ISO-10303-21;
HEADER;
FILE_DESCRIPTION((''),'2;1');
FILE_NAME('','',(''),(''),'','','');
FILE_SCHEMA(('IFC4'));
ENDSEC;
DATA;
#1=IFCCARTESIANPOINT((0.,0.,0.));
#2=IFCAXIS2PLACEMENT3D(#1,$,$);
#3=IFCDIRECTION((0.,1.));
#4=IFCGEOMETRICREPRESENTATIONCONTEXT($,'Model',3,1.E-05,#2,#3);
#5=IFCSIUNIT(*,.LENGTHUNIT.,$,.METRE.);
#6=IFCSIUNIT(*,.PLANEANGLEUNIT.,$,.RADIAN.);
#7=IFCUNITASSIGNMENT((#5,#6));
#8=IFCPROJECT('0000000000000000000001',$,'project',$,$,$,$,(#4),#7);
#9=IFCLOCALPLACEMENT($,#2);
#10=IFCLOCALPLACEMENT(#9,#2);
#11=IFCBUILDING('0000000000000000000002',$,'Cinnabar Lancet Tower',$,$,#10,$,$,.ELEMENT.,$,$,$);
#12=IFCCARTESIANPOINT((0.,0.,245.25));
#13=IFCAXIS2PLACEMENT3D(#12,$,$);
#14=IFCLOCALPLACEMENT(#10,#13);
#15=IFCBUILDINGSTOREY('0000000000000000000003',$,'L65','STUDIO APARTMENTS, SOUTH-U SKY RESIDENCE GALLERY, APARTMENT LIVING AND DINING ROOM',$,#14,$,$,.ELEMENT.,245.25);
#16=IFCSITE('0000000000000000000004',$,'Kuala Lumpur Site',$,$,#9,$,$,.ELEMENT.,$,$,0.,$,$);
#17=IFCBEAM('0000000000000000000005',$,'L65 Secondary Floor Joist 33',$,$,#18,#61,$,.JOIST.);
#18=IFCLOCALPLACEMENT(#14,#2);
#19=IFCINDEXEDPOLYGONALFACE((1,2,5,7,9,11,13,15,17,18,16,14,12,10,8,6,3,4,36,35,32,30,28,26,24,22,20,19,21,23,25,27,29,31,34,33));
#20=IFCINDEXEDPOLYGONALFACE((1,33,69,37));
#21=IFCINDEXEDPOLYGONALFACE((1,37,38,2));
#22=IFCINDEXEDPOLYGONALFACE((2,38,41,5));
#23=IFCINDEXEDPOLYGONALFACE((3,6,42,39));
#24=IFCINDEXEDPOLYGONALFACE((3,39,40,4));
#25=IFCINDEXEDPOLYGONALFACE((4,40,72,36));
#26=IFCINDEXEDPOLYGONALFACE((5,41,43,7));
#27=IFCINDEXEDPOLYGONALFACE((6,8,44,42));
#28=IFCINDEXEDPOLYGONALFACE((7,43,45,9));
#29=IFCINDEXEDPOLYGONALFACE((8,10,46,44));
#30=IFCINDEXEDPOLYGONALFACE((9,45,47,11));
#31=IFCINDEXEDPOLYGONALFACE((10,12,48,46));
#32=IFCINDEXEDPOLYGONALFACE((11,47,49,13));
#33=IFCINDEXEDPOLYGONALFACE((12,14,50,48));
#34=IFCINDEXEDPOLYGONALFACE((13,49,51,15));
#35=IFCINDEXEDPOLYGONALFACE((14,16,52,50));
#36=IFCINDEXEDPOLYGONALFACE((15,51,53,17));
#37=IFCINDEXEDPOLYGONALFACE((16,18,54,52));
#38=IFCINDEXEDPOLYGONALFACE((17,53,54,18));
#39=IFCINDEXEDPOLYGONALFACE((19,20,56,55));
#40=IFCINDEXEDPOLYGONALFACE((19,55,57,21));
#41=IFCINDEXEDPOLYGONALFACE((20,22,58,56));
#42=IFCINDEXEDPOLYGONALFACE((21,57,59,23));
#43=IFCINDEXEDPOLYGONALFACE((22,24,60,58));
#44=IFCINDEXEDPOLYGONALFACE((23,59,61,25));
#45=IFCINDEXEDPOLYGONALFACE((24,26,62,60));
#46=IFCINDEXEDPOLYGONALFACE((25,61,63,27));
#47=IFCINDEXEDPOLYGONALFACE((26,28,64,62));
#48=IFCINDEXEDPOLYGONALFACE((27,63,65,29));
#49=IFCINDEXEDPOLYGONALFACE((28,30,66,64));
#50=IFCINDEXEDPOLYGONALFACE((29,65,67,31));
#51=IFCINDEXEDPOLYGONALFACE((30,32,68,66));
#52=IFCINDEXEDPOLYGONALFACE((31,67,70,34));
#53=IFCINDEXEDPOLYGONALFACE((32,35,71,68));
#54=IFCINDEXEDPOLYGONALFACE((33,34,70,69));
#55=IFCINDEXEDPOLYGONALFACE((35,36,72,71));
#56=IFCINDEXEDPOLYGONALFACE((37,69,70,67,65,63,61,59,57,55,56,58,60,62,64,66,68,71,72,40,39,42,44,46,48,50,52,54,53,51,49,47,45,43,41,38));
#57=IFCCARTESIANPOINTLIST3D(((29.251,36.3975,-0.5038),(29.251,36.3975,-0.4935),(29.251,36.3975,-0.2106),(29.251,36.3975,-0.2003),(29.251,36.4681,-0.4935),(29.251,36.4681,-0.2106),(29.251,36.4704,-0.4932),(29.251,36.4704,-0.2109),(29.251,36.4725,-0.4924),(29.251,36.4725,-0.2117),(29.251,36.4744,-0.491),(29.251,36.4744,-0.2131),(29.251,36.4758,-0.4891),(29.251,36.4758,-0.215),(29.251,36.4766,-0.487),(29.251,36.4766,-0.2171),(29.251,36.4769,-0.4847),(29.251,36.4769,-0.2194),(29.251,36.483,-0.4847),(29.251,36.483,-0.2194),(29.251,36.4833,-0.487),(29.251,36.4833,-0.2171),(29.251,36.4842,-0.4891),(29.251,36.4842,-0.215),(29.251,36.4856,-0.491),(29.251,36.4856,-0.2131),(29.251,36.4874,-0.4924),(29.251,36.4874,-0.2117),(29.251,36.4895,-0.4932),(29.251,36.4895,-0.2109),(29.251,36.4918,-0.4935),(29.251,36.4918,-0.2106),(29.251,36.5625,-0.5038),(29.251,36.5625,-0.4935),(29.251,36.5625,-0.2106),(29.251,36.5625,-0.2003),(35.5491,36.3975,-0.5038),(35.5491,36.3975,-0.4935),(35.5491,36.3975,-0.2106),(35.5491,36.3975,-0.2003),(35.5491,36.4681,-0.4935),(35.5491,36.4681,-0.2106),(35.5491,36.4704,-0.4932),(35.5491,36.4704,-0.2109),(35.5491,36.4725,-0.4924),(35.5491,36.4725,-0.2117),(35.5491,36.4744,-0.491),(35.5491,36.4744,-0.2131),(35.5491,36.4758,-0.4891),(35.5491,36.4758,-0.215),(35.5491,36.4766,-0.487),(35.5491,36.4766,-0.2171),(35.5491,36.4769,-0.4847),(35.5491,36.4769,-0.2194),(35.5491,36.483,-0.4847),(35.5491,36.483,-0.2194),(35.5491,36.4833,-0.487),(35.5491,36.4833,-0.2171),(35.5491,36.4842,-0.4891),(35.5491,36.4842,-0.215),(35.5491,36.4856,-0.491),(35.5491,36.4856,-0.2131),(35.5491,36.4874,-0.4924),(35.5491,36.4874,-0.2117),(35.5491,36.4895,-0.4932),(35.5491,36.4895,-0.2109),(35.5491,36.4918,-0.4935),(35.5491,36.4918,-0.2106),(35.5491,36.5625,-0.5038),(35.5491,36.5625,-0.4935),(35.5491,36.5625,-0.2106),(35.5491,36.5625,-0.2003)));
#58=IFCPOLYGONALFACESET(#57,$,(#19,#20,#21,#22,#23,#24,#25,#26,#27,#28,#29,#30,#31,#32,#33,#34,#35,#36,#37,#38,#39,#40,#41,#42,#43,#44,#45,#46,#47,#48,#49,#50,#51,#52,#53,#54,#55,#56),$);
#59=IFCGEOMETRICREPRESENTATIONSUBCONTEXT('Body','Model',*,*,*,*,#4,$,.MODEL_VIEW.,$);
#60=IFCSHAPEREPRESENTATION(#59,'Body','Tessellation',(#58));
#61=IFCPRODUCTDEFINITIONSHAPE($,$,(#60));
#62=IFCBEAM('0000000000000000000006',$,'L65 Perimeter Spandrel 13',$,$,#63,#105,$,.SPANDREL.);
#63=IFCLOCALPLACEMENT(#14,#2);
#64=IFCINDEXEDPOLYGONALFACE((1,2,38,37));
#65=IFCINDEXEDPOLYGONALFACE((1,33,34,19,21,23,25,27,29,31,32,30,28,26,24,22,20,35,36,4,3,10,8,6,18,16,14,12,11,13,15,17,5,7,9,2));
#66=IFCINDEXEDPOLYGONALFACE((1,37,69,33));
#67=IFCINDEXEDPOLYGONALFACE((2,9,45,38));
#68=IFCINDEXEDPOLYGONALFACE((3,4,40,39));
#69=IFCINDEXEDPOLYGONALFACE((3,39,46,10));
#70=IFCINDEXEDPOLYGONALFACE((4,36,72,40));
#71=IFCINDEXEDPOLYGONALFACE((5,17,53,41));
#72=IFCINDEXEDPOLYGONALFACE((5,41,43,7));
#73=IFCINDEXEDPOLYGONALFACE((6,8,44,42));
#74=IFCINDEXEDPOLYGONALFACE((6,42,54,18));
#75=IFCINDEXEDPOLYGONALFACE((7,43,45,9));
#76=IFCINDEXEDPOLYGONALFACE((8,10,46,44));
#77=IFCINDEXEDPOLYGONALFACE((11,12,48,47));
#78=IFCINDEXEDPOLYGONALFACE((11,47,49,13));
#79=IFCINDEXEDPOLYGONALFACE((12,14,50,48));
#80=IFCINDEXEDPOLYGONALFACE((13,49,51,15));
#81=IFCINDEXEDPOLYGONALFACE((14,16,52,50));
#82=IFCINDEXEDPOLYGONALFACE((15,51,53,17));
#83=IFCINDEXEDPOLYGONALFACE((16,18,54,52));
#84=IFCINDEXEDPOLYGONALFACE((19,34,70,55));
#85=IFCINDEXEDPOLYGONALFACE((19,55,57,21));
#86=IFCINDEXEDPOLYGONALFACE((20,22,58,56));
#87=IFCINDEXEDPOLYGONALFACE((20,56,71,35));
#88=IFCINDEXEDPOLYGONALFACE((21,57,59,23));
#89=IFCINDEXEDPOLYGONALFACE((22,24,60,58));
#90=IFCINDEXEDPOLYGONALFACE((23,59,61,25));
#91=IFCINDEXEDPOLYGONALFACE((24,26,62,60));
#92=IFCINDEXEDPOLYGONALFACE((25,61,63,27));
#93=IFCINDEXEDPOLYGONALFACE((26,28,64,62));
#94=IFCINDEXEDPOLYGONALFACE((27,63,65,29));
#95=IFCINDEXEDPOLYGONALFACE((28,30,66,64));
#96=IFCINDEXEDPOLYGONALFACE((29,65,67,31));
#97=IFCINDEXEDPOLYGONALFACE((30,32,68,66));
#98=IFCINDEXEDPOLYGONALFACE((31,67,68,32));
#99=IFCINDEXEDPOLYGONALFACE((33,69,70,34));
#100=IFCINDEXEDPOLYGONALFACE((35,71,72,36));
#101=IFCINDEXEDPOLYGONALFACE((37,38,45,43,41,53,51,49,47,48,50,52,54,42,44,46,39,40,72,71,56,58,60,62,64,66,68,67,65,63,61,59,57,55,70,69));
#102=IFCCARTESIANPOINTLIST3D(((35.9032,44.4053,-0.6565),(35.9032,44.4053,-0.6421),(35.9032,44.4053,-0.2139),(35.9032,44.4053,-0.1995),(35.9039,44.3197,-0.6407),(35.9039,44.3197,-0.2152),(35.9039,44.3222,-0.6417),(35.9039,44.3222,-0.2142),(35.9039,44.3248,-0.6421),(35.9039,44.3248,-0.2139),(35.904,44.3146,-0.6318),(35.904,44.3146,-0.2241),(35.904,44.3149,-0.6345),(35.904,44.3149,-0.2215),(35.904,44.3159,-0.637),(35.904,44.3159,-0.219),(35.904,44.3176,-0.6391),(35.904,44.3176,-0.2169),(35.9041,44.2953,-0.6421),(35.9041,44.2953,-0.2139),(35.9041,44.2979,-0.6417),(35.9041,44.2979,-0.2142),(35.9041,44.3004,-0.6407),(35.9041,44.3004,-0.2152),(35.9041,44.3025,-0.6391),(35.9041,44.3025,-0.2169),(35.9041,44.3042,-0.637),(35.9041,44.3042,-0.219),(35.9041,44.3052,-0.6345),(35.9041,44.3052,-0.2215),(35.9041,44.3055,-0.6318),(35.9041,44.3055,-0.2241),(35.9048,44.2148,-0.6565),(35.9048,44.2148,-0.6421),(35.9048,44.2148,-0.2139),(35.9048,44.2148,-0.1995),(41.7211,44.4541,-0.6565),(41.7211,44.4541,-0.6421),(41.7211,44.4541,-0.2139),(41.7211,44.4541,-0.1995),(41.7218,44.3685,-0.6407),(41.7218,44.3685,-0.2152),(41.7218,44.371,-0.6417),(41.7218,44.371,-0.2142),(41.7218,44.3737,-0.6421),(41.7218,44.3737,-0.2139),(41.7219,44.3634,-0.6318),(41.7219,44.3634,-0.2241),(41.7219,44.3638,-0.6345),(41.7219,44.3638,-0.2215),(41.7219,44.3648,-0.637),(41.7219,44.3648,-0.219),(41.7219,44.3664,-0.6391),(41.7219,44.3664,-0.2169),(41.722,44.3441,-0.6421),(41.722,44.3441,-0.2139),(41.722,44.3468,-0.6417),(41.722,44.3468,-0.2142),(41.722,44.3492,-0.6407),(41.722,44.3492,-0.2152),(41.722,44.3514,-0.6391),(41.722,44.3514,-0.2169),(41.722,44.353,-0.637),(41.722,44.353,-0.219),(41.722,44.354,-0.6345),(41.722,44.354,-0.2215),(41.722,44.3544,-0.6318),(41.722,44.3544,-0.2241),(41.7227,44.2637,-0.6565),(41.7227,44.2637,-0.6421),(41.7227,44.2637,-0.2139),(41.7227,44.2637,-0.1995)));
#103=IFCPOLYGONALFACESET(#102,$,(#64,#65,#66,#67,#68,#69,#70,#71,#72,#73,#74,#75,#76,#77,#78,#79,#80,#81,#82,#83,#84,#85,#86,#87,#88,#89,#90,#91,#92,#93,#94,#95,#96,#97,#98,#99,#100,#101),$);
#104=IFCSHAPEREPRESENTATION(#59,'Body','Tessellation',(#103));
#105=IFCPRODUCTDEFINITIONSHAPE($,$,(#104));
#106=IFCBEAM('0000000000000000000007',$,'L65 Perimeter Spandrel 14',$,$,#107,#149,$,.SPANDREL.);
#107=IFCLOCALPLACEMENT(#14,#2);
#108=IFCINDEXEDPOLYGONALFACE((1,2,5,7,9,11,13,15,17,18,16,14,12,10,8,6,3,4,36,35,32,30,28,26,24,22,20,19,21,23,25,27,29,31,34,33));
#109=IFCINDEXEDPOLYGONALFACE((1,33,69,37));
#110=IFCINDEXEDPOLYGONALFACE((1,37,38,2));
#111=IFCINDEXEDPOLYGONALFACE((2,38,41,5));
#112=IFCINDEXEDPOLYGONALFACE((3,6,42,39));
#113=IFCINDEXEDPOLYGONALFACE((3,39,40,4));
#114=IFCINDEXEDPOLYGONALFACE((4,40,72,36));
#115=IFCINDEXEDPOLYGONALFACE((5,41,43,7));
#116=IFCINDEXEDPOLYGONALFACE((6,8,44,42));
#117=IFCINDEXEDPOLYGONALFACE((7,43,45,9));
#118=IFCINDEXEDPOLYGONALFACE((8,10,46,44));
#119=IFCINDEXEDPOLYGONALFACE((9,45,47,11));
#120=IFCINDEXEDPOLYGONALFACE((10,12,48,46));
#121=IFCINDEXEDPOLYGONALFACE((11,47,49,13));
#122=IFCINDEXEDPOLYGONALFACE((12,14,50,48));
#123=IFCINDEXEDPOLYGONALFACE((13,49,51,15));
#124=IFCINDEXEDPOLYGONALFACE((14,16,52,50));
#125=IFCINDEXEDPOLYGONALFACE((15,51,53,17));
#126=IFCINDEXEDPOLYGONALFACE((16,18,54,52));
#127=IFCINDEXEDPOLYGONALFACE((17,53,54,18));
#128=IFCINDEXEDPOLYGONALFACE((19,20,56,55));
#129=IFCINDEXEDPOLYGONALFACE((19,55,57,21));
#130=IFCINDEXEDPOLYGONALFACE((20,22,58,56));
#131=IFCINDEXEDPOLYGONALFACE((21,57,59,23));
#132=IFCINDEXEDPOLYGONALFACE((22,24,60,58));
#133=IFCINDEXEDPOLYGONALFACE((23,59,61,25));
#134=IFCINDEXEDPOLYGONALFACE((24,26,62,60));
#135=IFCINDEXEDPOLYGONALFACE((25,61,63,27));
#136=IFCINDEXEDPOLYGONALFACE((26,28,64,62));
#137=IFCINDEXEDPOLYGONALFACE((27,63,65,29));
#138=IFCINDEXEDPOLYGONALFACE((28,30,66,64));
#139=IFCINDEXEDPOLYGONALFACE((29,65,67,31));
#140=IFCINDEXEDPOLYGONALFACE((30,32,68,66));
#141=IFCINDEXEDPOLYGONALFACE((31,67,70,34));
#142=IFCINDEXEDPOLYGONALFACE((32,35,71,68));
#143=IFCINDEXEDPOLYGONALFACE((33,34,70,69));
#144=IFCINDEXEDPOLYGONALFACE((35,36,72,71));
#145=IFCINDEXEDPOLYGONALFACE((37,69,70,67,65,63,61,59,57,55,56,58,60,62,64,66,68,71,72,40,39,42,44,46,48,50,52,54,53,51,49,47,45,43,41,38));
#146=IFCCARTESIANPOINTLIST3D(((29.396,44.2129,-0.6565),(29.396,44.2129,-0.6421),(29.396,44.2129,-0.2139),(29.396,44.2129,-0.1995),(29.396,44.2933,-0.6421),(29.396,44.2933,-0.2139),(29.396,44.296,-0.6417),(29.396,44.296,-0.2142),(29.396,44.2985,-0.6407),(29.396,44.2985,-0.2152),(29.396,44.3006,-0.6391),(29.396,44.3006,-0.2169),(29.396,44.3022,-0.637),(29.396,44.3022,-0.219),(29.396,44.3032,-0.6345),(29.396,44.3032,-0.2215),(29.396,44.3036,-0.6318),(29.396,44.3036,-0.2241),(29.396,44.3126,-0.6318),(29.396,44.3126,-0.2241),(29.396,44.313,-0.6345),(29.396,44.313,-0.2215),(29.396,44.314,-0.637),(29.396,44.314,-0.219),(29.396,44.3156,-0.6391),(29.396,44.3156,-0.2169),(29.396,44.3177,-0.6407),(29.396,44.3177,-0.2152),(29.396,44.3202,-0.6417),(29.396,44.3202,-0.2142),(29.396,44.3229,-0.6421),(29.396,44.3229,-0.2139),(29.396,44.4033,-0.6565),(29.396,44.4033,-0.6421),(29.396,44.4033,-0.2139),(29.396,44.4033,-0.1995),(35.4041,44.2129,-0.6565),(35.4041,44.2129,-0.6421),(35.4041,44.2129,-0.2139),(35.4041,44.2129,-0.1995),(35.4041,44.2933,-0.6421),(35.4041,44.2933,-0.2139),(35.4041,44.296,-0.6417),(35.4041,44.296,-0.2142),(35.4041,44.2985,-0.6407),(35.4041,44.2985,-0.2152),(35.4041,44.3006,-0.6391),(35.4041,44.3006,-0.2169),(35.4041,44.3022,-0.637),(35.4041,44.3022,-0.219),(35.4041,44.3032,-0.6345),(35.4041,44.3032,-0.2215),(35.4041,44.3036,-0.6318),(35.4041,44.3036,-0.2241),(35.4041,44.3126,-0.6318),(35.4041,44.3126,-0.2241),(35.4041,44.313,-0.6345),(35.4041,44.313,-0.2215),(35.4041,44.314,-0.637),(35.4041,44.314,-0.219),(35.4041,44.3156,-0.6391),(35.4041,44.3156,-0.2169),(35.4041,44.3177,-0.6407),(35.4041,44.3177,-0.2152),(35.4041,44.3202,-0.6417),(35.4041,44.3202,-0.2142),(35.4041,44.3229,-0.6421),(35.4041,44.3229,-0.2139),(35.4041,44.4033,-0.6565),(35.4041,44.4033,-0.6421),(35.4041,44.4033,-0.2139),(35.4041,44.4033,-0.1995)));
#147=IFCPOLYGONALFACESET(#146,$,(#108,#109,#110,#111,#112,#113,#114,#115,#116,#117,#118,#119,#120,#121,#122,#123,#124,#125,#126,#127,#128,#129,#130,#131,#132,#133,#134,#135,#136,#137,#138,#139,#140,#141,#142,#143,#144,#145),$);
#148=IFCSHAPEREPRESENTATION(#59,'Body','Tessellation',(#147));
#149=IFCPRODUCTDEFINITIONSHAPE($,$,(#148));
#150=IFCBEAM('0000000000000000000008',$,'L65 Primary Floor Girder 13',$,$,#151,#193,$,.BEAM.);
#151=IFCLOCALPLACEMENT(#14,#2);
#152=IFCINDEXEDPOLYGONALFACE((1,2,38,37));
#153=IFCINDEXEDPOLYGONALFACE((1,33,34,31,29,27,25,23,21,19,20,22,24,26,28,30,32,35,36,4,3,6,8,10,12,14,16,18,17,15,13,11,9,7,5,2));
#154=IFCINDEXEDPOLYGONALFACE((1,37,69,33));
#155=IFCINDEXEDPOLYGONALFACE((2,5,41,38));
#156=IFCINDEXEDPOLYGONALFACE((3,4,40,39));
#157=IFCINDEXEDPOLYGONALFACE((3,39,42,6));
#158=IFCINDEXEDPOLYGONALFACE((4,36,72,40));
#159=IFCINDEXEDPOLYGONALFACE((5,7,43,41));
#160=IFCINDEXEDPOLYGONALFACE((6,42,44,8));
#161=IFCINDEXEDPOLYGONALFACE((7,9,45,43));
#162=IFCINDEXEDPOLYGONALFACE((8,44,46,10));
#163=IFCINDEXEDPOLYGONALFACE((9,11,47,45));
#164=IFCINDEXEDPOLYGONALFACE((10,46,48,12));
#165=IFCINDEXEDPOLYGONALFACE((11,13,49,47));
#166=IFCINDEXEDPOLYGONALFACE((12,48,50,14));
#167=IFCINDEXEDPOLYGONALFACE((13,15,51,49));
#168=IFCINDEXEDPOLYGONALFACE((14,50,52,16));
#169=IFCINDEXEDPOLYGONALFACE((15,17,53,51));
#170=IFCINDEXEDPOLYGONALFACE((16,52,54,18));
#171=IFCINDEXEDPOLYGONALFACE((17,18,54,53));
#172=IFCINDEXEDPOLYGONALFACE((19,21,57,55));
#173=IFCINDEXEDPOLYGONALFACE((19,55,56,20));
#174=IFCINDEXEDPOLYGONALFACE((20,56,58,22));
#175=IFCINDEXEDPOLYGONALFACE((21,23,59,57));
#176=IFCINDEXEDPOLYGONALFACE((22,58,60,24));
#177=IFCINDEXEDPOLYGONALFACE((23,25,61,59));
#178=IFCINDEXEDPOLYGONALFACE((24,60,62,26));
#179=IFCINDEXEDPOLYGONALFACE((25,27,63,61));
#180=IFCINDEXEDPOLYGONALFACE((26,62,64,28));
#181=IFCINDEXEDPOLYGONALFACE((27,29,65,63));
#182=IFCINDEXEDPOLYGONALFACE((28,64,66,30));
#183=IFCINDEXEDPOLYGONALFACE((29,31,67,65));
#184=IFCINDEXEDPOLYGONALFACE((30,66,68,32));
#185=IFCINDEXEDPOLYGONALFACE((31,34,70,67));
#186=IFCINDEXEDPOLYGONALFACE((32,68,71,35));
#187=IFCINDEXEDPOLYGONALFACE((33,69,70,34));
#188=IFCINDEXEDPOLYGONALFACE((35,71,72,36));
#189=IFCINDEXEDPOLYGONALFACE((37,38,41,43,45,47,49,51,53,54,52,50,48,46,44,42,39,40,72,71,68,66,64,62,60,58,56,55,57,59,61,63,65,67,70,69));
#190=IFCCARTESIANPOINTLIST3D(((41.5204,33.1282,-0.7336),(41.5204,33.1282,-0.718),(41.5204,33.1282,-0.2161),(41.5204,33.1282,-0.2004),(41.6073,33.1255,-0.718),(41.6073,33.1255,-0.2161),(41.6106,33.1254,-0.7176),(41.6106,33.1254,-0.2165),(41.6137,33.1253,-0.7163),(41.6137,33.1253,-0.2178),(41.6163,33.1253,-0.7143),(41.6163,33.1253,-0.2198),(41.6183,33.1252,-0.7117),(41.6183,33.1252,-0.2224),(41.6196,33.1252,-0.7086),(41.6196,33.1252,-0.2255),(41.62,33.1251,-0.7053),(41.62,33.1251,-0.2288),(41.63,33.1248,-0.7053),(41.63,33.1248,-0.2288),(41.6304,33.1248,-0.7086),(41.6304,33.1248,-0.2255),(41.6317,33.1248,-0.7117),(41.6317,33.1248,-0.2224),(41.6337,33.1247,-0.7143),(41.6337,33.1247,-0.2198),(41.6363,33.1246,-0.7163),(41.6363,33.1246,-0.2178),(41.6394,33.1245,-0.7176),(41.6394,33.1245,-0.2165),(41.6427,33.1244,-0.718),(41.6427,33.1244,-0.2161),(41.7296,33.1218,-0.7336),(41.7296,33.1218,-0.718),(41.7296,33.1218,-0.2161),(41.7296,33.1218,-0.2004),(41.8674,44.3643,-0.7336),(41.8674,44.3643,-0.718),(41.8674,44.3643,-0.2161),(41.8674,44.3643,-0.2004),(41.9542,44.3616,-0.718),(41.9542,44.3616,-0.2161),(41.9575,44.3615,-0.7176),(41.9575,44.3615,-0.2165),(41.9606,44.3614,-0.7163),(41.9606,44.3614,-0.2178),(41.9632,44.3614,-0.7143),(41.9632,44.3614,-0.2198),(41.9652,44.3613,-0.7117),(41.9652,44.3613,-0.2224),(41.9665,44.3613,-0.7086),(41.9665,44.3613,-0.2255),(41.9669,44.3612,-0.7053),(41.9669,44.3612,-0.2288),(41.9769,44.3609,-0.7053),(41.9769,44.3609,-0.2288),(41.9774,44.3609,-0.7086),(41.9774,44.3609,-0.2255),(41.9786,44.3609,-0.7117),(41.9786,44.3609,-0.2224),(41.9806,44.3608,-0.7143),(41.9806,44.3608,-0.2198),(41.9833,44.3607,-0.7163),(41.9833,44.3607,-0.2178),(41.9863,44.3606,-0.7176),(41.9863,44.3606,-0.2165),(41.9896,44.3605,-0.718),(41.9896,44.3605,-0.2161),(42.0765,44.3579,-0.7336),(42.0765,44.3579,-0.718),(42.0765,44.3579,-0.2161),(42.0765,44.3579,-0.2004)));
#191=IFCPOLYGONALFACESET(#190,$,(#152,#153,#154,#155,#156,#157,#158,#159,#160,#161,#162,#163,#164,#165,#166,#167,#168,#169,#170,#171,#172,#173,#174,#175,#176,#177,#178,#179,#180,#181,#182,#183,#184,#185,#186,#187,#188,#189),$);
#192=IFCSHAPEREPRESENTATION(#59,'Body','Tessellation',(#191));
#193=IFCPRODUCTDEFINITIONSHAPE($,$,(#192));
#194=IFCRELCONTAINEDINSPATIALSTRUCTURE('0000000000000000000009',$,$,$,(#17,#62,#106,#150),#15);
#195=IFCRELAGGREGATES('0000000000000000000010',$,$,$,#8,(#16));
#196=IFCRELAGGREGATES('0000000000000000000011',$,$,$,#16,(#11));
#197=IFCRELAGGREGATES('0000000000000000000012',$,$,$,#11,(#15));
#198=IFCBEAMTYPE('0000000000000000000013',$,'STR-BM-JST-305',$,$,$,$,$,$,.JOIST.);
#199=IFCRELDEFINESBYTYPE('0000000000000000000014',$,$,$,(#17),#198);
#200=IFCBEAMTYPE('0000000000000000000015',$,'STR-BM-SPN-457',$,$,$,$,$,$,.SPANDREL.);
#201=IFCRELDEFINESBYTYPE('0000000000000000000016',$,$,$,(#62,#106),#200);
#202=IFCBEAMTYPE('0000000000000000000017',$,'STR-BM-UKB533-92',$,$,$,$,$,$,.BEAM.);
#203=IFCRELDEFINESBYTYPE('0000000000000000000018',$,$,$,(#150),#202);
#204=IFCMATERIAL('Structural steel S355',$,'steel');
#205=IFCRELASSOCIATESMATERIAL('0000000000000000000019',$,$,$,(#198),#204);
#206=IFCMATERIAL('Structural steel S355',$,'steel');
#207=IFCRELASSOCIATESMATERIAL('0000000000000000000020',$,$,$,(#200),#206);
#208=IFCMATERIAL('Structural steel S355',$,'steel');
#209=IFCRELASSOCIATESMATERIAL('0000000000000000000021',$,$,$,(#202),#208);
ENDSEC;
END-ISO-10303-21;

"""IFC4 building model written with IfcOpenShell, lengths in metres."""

from ifc_helpers import new_model, si_unit, direction, frame, origin, origin_2d, place, context, subcontext, project, spatial, i_section, extrude, material, material_profile, profile_set, type_object, element, save


model = new_model("IFC4")

# Units and contexts
model_context = context("Model", 3, precision=1e-05, world=origin(), true_north=direction((0.0, 1.0)))
body_context = subcontext(model_context, "Body", "Model", "MODEL_VIEW")
ifc_project = project(units=[si_unit("LENGTHUNIT", "METRE"), si_unit("PLANEANGLEUNIT", "RADIAN")], contexts=[model_context])

# Site, building, storey
site_placement = place(None, origin())
site = spatial("IfcSite", under=ifc_project, at=site_placement, Name="Kuala Lumpur Site", CompositionType="ELEMENT", RefElevation=0.0)
building_placement = place(site_placement, origin())
building = spatial("IfcBuilding", under=site, at=building_placement, Name="Cinnabar Lancet Tower", CompositionType="ELEMENT")
storey_placement = place(building_placement, frame((0.0, 0.0, 245.25)))
storey = spatial("IfcBuildingStorey", under=building, at=storey_placement, Name="L65", Description="STUDIO APARTMENTS, SOUTH-U SKY RESIDENCE GALLERY, APARTMENT LIVING AND DINING ROOM", CompositionType="ELEMENT", Elevation=245.25)

# Beams
ifc_material_1 = material(Name="Structural steel S355", Category="steel")
ifc_material_profile_1 = material_profile(ifc_material_1, i_section(OverallWidth=0.165, OverallDepth=0.3035, WebThickness=0.0061, FlangeThickness=0.0103, FilletRadius=0.0088, at=origin_2d()), Name="UKB 305x165x40")
ifc_profile_set_1 = profile_set([ifc_material_profile_1], Name="Structural steel S355")
beam_type_1 = type_object("IfcBeamType", Name="STR-BM-JST-305", PredefinedType="JOIST", material=ifc_profile_set_1)
for number, where, z_axis, x_axis, name in (
    (1, (35.5491, 36.48, -0.3521), (-1.0, 0.0, 0.0), (0.0, -1.0, 0.0), "L65 Secondary Floor Joist 33"),
):
    element("IfcBeam", number, at=place(storey_placement, frame(where, z_axis=z_axis, x_axis=x_axis)), inside=storey, type_object=beam_type_1, Name=name, PredefinedType="JOIST", context=body_context, shape_type="SweptSolid", body=[
        extrude(i_section(OverallWidth=0.165, OverallDepth=0.3035, WebThickness=0.0061, FlangeThickness=0.0103, FilletRadius=0.0088, at=origin_2d()), origin(), (0.0, 0.0, 1.0), 6.2981),
    ])
ifc_material_2 = material(Name="Structural steel S355", Category="steel")
ifc_material_profile_2 = material_profile(ifc_material_2, i_section(OverallWidth=0.1904, OverallDepth=0.457, WebThickness=0.009, FlangeThickness=0.0144, FilletRadius=0.0103, at=origin_2d()), Name="UKB 457x191x74")
ifc_profile_set_2 = profile_set([ifc_material_profile_2], Name="Structural steel S355")
beam_type_2 = type_object("IfcBeamType", Name="STR-BM-SPN-457", PredefinedType="SPANDREL", material=ifc_profile_set_2)
beam_1_placement = place(storey_placement, frame((41.7219, 44.3589, -0.428), z_axis=(-0.999965, -0.008392, 0.0), x_axis=(0.008392, -0.999965, 0.0)))
element("IfcBeam", 2, at=beam_1_placement, inside=storey, type_object=beam_type_2, Name="L65 Perimeter Spandrel 13", PredefinedType="SPANDREL", context=body_context, shape_type="SweptSolid", body=[
    extrude(i_section(OverallWidth=0.1904, OverallDepth=0.457, WebThickness=0.009, FlangeThickness=0.0144, FilletRadius=0.0103, at=origin_2d()), origin(), (0.0, 0.0, 1.0), 5.8181),
])
beam_2_placement = place(storey_placement, frame((35.4041, 44.3081, -0.428), z_axis=(-1.0, 0.0, 0.0), x_axis=(0.0, -1.0, 0.0)))
element("IfcBeam", 3, at=beam_2_placement, inside=storey, type_object=beam_type_2, Name="L65 Perimeter Spandrel 14", PredefinedType="SPANDREL", context=body_context, shape_type="SweptSolid", body=[
    extrude(i_section(OverallWidth=0.1904, OverallDepth=0.457, WebThickness=0.009, FlangeThickness=0.0144, FilletRadius=0.0103, at=origin_2d()), origin(), (0.0, 0.0, 1.0), 6.0081),
])
ifc_material_3 = material(Name="Structural steel S355", Category="steel")
ifc_material_profile_3 = material_profile(ifc_material_3, i_section(OverallWidth=0.2092, OverallDepth=0.5332, WebThickness=0.01, FlangeThickness=0.0156, FilletRadius=0.0127, at=origin_2d()), Name="UKB 533x210x92")
ifc_profile_set_3 = profile_set([ifc_material_profile_3], Name="Structural steel S355")
beam_type_3 = type_object("IfcBeamType", Name="STR-BM-UKB533-92", PredefinedType="BEAM", material=ifc_profile_set_3)
beam_3_placement = place(storey_placement, frame((41.9719, 44.3611, -0.467), z_axis=(-0.030861, -0.999524, 0.0), x_axis=(0.999524, -0.030861, 0.0)))
element("IfcBeam", 4, at=beam_3_placement, inside=storey, type_object=beam_type_3, Name="L65 Primary Floor Girder 13", PredefinedType="BEAM", context=body_context, shape_type="SweptSolid", body=[
    extrude(i_section(OverallWidth=0.2092, OverallDepth=0.5332, WebThickness=0.01, FlangeThickness=0.0156, FilletRadius=0.0127, at=origin_2d()), origin(), (0.0, 0.0, 1.0), 11.2415),
])

save(model, "model.ifc")
